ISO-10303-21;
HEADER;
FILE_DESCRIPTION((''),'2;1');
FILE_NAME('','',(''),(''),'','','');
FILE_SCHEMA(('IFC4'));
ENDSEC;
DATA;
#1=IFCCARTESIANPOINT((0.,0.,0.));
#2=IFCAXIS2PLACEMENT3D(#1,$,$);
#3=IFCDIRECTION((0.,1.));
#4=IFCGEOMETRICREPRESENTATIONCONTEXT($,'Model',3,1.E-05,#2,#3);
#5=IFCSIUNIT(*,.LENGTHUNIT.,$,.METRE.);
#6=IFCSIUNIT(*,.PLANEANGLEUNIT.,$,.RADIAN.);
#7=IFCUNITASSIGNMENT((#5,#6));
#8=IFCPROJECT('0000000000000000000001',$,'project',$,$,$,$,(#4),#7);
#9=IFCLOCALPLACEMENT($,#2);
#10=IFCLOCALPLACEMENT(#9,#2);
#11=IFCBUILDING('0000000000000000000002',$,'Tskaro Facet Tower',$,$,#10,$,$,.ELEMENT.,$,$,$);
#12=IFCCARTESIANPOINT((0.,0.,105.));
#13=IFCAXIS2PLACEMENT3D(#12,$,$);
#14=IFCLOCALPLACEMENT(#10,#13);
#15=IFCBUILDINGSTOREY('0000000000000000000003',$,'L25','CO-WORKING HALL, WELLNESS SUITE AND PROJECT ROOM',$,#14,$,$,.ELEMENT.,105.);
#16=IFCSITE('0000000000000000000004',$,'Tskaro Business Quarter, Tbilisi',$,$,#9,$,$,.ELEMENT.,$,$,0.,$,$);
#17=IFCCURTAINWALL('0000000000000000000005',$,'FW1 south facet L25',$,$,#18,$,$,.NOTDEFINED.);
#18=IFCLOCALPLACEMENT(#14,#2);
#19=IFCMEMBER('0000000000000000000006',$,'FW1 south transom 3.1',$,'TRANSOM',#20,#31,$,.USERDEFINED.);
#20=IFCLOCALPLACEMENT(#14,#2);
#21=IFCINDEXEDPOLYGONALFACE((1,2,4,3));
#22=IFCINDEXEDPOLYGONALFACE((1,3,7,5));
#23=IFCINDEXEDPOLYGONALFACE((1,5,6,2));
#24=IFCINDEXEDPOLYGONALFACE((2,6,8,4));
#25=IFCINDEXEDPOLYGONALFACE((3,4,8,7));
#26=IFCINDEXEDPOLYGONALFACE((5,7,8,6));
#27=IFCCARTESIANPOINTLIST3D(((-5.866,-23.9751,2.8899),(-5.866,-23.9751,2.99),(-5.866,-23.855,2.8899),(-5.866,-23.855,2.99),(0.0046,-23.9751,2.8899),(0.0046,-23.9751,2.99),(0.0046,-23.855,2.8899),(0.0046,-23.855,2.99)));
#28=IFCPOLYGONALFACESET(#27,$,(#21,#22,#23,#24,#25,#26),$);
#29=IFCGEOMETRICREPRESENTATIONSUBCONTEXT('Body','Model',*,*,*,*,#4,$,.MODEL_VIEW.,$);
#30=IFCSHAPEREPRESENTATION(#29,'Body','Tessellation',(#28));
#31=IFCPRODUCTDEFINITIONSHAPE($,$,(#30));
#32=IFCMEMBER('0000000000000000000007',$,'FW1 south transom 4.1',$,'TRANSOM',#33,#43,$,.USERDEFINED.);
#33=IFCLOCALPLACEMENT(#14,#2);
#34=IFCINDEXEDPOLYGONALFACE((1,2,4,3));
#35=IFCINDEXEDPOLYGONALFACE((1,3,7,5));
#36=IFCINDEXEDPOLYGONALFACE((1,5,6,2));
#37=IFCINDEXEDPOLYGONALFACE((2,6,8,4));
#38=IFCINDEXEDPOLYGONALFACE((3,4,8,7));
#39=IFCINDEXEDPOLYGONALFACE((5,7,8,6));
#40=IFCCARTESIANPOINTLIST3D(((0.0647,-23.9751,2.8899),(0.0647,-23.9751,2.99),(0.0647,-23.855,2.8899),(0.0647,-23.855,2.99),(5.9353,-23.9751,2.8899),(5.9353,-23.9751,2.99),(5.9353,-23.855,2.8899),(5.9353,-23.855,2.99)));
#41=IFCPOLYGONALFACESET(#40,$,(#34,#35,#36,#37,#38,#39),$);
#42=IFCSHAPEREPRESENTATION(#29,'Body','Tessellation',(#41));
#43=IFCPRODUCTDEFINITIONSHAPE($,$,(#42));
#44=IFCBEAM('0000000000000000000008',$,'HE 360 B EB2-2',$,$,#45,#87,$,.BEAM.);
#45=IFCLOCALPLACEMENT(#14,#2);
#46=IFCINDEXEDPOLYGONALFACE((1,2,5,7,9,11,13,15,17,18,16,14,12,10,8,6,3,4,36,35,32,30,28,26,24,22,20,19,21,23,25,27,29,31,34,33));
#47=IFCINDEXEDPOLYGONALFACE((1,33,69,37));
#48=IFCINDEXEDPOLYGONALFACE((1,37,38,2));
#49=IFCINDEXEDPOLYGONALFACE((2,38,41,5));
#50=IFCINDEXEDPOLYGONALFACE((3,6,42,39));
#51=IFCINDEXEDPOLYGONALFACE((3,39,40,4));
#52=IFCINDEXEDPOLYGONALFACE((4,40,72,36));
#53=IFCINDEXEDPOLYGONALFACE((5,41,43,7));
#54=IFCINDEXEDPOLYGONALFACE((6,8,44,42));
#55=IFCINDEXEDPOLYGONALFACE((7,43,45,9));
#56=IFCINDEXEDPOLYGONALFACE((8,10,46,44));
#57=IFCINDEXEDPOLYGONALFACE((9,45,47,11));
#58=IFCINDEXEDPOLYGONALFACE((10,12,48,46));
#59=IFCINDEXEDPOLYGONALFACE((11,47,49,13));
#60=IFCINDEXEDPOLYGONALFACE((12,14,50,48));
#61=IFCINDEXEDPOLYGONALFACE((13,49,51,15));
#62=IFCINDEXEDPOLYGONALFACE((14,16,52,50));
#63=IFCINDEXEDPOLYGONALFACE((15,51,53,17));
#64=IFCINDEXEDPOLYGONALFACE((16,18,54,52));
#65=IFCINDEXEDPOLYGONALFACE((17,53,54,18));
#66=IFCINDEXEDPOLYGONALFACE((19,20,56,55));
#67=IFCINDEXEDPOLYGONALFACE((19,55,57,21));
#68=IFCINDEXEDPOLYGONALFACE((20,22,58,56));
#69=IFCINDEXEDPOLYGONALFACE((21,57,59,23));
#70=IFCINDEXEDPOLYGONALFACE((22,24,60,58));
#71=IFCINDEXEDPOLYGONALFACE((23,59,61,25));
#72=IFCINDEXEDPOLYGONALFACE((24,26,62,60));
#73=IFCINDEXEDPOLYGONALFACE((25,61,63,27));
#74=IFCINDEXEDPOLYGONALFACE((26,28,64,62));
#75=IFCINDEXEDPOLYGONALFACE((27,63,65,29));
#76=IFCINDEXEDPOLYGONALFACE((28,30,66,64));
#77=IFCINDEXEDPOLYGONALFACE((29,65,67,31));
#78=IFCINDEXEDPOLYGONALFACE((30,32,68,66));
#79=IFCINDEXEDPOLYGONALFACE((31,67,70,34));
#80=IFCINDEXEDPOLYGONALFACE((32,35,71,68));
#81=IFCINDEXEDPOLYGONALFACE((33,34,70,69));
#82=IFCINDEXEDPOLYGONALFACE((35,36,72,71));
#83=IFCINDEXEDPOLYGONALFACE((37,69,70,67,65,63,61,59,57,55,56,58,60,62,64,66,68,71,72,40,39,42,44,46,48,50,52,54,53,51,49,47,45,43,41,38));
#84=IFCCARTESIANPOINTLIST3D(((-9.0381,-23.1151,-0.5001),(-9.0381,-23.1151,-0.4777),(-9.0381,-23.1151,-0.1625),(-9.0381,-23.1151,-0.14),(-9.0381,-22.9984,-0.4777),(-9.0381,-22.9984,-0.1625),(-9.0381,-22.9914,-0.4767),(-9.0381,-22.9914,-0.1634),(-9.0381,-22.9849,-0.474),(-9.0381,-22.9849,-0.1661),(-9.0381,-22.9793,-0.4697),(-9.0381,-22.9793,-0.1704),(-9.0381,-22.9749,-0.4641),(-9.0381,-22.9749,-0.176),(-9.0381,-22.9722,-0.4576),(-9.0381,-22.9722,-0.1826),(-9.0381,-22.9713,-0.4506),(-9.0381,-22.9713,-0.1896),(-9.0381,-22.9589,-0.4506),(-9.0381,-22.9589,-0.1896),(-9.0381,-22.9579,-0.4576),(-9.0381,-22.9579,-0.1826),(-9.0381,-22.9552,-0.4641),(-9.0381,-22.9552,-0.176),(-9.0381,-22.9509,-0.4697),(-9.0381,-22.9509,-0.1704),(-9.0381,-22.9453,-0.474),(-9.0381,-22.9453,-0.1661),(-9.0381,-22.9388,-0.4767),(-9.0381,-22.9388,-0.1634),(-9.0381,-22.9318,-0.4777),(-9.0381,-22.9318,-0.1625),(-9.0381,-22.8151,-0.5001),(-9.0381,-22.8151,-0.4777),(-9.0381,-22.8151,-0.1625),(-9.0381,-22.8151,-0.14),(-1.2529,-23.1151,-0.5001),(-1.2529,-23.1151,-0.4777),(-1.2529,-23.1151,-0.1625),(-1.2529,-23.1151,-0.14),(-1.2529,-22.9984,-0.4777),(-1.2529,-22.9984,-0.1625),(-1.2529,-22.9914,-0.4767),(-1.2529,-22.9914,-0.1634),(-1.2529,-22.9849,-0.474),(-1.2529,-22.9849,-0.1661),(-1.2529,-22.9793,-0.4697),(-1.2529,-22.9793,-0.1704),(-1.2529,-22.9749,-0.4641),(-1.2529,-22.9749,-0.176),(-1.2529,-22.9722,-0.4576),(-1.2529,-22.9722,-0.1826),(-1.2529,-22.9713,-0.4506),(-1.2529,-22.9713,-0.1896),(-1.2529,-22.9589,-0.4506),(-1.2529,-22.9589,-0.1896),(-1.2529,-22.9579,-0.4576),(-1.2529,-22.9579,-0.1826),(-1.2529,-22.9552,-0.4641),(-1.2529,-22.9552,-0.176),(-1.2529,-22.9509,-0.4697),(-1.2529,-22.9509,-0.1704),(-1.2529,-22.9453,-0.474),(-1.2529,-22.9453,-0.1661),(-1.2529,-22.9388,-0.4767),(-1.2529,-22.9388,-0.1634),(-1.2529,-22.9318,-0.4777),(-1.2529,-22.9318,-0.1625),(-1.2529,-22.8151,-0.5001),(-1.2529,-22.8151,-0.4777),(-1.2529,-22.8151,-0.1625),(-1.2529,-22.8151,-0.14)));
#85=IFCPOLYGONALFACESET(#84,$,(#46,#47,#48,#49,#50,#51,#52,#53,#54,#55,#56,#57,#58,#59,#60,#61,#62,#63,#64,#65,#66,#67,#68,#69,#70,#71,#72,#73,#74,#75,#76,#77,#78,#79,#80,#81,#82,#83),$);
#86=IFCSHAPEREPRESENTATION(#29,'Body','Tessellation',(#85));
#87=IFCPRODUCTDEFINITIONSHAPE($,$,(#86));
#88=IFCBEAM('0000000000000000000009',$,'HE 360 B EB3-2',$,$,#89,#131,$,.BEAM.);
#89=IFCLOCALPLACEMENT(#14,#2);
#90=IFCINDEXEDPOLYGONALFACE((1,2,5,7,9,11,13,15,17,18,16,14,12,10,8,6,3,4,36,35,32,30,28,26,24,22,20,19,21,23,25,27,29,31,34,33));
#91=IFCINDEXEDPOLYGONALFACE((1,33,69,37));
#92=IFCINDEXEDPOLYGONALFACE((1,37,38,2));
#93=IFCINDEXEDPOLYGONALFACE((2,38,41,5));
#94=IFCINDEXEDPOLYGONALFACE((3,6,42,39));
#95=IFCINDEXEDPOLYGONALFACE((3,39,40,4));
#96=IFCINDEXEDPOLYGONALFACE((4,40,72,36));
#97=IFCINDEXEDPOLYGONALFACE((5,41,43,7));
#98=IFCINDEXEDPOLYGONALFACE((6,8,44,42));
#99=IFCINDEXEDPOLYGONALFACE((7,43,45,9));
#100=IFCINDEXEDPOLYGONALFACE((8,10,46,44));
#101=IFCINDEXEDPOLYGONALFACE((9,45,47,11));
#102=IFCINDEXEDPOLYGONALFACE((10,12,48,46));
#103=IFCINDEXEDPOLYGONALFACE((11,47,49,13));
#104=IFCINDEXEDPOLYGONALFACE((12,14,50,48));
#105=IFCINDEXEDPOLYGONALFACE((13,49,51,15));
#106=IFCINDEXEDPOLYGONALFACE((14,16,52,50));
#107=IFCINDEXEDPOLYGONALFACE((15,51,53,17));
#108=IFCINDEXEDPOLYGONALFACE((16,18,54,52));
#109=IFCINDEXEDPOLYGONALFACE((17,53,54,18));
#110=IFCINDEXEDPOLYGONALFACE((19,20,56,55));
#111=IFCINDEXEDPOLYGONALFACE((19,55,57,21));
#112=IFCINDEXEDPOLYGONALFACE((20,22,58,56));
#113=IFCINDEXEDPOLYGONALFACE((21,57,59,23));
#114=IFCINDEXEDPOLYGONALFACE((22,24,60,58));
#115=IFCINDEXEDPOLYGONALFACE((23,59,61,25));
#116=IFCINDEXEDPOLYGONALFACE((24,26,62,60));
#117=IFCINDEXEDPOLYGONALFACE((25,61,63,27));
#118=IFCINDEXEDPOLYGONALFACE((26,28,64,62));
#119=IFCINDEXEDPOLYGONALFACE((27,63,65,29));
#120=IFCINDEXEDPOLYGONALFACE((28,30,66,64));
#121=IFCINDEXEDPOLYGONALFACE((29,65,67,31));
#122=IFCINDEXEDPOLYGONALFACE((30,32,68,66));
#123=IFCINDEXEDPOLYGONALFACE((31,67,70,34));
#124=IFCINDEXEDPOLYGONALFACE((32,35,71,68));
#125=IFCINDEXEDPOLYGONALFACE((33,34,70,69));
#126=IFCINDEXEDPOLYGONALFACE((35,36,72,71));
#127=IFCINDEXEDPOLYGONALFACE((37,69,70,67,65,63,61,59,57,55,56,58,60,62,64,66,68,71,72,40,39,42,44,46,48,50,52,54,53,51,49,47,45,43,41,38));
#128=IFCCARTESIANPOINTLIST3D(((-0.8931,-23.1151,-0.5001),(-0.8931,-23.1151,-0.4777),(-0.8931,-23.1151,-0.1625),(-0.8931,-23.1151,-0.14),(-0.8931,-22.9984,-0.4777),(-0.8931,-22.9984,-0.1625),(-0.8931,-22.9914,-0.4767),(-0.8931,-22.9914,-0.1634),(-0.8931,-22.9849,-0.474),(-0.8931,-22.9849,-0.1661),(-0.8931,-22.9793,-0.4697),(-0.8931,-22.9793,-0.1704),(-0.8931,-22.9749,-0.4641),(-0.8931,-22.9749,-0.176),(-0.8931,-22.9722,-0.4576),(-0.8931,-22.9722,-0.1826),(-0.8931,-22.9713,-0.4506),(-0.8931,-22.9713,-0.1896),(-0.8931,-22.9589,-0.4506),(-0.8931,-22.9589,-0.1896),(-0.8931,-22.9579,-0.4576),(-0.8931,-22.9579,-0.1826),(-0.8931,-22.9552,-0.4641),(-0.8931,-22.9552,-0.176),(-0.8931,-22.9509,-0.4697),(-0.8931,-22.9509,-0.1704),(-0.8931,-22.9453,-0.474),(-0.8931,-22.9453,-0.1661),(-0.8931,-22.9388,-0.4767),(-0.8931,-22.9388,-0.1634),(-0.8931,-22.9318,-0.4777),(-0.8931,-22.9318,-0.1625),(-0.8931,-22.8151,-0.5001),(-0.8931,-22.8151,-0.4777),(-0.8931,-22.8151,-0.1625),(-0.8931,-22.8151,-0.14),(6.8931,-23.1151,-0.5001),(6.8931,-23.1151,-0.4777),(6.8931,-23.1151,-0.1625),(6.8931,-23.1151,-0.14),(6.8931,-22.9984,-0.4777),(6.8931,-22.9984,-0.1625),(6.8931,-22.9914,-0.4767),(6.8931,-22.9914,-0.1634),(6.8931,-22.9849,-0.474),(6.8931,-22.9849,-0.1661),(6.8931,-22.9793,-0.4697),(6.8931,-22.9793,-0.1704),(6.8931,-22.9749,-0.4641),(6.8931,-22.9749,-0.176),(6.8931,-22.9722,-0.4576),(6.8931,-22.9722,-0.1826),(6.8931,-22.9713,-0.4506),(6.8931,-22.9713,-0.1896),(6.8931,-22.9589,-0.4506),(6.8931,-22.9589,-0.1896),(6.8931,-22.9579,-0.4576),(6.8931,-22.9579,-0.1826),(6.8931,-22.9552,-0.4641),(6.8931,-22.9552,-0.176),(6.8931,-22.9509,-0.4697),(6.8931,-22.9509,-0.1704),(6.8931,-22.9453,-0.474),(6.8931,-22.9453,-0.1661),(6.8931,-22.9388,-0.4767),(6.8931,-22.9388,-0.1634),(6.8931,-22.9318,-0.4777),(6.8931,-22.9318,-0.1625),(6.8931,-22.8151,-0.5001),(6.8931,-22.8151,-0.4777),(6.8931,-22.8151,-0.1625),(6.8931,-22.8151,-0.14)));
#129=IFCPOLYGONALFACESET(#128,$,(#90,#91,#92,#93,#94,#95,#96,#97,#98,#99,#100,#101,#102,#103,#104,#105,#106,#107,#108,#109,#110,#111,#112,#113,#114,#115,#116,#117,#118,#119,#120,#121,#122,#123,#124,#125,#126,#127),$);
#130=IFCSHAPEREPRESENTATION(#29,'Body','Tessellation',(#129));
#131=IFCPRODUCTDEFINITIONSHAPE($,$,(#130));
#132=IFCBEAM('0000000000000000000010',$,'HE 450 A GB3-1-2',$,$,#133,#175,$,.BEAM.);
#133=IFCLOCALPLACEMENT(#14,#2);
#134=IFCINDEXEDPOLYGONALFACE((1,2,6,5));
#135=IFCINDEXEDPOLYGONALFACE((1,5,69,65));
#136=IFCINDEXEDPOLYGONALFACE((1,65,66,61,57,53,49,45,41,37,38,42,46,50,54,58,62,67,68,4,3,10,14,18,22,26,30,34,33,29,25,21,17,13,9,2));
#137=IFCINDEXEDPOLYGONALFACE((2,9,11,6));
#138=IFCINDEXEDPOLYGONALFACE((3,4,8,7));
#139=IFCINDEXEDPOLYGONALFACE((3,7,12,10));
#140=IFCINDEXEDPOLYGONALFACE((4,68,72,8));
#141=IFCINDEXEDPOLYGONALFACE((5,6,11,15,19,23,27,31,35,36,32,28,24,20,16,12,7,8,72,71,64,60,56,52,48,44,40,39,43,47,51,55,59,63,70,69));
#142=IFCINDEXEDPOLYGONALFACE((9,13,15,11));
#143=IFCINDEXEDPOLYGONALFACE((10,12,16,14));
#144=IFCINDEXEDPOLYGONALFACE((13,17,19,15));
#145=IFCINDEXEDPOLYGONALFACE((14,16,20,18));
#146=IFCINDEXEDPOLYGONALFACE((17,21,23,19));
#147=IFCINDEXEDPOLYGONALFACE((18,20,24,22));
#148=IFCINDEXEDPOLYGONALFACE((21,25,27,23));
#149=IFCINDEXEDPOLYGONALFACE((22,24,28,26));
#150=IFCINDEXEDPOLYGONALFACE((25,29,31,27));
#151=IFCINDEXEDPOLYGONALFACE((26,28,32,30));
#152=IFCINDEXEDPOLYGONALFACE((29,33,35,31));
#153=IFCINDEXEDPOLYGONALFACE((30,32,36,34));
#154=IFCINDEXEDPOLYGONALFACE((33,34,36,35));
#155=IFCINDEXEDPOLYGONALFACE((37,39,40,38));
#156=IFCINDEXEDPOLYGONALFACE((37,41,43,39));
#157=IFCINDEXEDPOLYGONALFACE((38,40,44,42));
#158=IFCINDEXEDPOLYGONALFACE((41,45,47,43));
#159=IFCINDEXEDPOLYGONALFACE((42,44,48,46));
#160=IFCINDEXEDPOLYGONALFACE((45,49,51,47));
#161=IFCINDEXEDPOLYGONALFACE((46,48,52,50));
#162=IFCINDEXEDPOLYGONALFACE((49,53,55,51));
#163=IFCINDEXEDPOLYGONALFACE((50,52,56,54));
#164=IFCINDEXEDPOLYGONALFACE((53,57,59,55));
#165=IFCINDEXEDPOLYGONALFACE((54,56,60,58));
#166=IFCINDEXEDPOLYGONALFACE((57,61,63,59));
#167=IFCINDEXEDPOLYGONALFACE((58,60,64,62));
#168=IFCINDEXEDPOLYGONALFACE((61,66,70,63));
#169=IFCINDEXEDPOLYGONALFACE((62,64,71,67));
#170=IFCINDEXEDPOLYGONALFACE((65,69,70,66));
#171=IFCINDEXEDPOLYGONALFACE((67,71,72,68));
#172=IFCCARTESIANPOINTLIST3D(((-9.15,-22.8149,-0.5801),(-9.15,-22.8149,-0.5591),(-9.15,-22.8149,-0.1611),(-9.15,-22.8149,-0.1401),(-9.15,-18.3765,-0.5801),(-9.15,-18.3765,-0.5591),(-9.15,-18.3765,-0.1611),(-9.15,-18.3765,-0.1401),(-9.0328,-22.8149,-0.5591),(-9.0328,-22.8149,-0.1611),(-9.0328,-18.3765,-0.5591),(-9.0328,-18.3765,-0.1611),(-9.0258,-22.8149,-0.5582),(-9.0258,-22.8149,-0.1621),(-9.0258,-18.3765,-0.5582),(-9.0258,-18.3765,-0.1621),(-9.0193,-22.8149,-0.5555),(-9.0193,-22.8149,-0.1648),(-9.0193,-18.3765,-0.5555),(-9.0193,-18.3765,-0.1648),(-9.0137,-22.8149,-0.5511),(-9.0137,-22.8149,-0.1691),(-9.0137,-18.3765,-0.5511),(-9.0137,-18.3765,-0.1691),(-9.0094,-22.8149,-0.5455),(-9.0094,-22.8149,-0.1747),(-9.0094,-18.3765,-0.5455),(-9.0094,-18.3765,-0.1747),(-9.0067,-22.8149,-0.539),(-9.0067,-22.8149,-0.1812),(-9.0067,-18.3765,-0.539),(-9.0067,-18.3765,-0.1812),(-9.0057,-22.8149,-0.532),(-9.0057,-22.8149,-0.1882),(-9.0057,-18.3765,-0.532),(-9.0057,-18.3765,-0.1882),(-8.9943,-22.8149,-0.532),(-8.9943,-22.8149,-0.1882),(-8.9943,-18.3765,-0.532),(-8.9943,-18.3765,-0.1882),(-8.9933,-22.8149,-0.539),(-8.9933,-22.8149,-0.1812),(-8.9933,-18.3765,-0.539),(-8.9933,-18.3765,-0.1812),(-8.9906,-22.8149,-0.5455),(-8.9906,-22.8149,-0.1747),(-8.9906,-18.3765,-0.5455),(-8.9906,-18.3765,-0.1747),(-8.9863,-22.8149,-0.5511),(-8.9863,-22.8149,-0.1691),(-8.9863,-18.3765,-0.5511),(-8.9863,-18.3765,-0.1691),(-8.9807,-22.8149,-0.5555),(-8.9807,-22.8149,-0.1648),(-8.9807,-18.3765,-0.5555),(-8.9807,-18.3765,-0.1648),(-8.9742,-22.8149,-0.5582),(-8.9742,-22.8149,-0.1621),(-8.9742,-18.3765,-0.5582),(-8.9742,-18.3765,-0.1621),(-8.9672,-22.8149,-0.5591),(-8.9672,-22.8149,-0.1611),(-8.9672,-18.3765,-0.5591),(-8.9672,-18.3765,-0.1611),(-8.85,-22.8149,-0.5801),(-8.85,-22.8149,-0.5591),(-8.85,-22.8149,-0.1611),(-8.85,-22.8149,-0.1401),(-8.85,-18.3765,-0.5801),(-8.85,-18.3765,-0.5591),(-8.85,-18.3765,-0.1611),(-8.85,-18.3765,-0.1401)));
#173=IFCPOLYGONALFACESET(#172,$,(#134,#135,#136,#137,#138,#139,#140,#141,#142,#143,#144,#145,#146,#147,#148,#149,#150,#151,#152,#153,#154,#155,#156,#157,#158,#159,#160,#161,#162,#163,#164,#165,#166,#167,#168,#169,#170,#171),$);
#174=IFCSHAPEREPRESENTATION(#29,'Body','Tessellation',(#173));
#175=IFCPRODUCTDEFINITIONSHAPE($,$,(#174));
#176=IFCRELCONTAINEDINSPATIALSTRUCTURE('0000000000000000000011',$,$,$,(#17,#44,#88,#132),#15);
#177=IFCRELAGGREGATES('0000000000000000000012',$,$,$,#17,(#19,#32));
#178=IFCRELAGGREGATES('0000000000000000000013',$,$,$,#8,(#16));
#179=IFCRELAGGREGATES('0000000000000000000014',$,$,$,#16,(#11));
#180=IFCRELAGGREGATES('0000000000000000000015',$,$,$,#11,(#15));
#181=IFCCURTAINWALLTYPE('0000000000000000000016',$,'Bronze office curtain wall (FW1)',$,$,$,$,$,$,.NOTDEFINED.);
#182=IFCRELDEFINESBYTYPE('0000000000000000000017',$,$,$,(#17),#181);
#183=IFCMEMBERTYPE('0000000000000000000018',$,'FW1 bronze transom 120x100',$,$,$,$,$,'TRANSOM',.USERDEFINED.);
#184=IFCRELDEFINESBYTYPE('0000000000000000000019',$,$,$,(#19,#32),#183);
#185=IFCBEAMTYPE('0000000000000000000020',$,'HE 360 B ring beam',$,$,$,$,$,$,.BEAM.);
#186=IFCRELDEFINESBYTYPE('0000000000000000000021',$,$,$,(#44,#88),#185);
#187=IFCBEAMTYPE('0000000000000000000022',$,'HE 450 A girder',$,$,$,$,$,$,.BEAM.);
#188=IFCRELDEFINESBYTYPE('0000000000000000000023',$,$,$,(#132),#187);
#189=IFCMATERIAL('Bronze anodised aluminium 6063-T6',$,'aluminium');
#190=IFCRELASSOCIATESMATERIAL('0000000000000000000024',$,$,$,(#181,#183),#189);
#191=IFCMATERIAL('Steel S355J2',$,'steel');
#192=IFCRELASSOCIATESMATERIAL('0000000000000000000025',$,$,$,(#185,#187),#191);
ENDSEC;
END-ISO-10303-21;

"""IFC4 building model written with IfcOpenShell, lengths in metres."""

from ifc_helpers import new_model, si_unit, direction, frame, origin, origin_2d, place, context, subcontext, project, spatial, rectangle, i_section, extrude, material, material_profile, profile_set, type_object, element, aggregate, save


model = new_model("IFC4")

# Units and contexts
model_context = context("Model", 3, precision=1e-05, world=origin(), true_north=direction((0.0, 1.0)))
body_context = subcontext(model_context, "Body", "Model", "MODEL_VIEW")
ifc_project = project(units=[si_unit("LENGTHUNIT", "METRE"), si_unit("PLANEANGLEUNIT", "RADIAN")], contexts=[model_context])

# Site, building, storey
site_placement = place(None, origin())
site = spatial("IfcSite", under=ifc_project, at=site_placement, Name="Tskaro Business Quarter, Tbilisi", CompositionType="ELEMENT", RefElevation=0.0)
building_placement = place(site_placement, origin())
building = spatial("IfcBuilding", under=site, at=building_placement, Name="Tskaro Facet Tower", CompositionType="ELEMENT")
storey_placement = place(building_placement, frame((0.0, 0.0, 105.0)))
storey = spatial("IfcBuildingStorey", under=building, at=storey_placement, Name="L25", Description="CO-WORKING HALL, WELLNESS SUITE AND PROJECT ROOM", CompositionType="ELEMENT", Elevation=105.0)

# Curtain wall, members
ifc_material_1 = material(Name="Bronze anodised aluminium 6063-T6", Category="aluminium")
curtain_wall_type = type_object("IfcCurtainWallType", Name="Bronze office curtain wall (FW1)", PredefinedType="NOTDEFINED", material=ifc_material_1)
curtain_wall_placement = place(storey_placement, origin())
curtain_wall = element("IfcCurtainWall", 1, at=curtain_wall_placement, inside=storey, type_object=curtain_wall_type, Name="FW1 south facet L25", PredefinedType="NOTDEFINED")
ifc_material_profile_1 = material_profile(ifc_material_1, rectangle(XDim=0.1201, YDim=0.1001, at=origin_2d()), Name="Transom 120x100")
ifc_profile_set_1 = profile_set([ifc_material_profile_1], Name="Bronze anodised aluminium 6063-T6")
member_type_1 = type_object("IfcMemberType", Name="FW1 bronze transom 120x100", ElementType="TRANSOM", PredefinedType="USERDEFINED", material=ifc_profile_set_1)
member_1_placement = place(storey_placement, frame((-5.866, -23.915, 2.9399), z_axis=(1.0, 0.0, 0.0), x_axis=(0.0, 1.0, 0.0)))
member_1 = element("IfcMember", 2, at=member_1_placement, type_object=member_type_1, Name="FW1 south transom 3.1", ObjectType="TRANSOM", PredefinedType="USERDEFINED", context=body_context, shape_type="SweptSolid", body=[
    extrude(rectangle(XDim=0.1201, YDim=0.1001, at=origin_2d()), origin(), (0.0, 0.0, 1.0), 5.8706),
])
member_2_placement = place(storey_placement, frame((0.0647, -23.915, 2.9399), z_axis=(1.0, 0.0, 0.0), x_axis=(0.0, 1.0, 0.0)))
member_2 = element("IfcMember", 3, at=member_2_placement, type_object=member_type_1, Name="FW1 south transom 4.1", ObjectType="TRANSOM", PredefinedType="USERDEFINED", context=body_context, shape_type="SweptSolid", body=[
    extrude(rectangle(XDim=0.1201, YDim=0.1001, at=origin_2d()), origin(), (0.0, 0.0, 1.0), 5.8706),
])

# Beams
ifc_material_2 = material(Name="Steel S355J2", Category="steel")
ifc_material_profile_2 = material_profile(ifc_material_2, i_section(OverallWidth=0.3, OverallDepth=0.3601, WebThickness=0.0125, FlangeThickness=0.0225, FilletRadius=0.0271, at=origin_2d()), Name="HE 360 B")
ifc_profile_set_2 = profile_set([ifc_material_profile_2], Name="Steel S355J2")
beam_type_1 = type_object("IfcBeamType", Name="HE 360 B ring beam", PredefinedType="BEAM", material=ifc_profile_set_2)
beam_1_placement = place(storey_placement, frame((-9.0381, -22.9651, -0.3201), z_axis=(1.0, 0.0, 0.0), x_axis=(0.0, 1.0, 0.0)))
element("IfcBeam", 4, at=beam_1_placement, inside=storey, type_object=beam_type_1, Name="HE 360 B EB2-2", PredefinedType="BEAM", context=body_context, shape_type="SweptSolid", body=[
    extrude(i_section(OverallWidth=0.3, OverallDepth=0.3601, WebThickness=0.0125, FlangeThickness=0.0225, FilletRadius=0.0271, at=origin_2d()), origin(), (0.0, 0.0, 1.0), 7.7852),
])
beam_2_placement = place(storey_placement, frame((-0.8931, -22.9651, -0.3201), z_axis=(1.0, 0.0, 0.0), x_axis=(0.0, 1.0, 0.0)))
element("IfcBeam", 5, at=beam_2_placement, inside=storey, type_object=beam_type_1, Name="HE 360 B EB3-2", PredefinedType="BEAM", context=body_context, shape_type="SweptSolid", body=[
    extrude(i_section(OverallWidth=0.3, OverallDepth=0.3601, WebThickness=0.0125, FlangeThickness=0.0225, FilletRadius=0.0271, at=origin_2d()), origin(), (0.0, 0.0, 1.0), 7.7861),
])
ifc_material_profile_3 = material_profile(ifc_material_2, i_section(OverallWidth=0.3, OverallDepth=0.4399, WebThickness=0.0115, FlangeThickness=0.021, FilletRadius=0.0271, at=origin_2d()), Name="HE 450 A")
ifc_profile_set_3 = profile_set([ifc_material_profile_3], Name="Steel S355J2")
beam_type_2 = type_object("IfcBeamType", Name="HE 450 A girder", PredefinedType="BEAM", material=ifc_profile_set_3)
beam_3_placement = place(storey_placement, frame((-9.0, -22.8149, -0.3601), z_axis=(0.0, 1.0, 0.0), x_axis=(-1.0, 0.0, 0.0)))
element("IfcBeam", 6, at=beam_3_placement, inside=storey, type_object=beam_type_2, Name="HE 450 A GB3-1-2", PredefinedType="BEAM", context=body_context, shape_type="SweptSolid", body=[
    extrude(i_section(OverallWidth=0.3, OverallDepth=0.4399, WebThickness=0.0115, FlangeThickness=0.021, FilletRadius=0.0271, at=origin_2d()), origin(), (0.0, 0.0, 1.0), 4.4385),
])

aggregate(curtain_wall, [member_1, member_2])

save(model, "model.ifc")
